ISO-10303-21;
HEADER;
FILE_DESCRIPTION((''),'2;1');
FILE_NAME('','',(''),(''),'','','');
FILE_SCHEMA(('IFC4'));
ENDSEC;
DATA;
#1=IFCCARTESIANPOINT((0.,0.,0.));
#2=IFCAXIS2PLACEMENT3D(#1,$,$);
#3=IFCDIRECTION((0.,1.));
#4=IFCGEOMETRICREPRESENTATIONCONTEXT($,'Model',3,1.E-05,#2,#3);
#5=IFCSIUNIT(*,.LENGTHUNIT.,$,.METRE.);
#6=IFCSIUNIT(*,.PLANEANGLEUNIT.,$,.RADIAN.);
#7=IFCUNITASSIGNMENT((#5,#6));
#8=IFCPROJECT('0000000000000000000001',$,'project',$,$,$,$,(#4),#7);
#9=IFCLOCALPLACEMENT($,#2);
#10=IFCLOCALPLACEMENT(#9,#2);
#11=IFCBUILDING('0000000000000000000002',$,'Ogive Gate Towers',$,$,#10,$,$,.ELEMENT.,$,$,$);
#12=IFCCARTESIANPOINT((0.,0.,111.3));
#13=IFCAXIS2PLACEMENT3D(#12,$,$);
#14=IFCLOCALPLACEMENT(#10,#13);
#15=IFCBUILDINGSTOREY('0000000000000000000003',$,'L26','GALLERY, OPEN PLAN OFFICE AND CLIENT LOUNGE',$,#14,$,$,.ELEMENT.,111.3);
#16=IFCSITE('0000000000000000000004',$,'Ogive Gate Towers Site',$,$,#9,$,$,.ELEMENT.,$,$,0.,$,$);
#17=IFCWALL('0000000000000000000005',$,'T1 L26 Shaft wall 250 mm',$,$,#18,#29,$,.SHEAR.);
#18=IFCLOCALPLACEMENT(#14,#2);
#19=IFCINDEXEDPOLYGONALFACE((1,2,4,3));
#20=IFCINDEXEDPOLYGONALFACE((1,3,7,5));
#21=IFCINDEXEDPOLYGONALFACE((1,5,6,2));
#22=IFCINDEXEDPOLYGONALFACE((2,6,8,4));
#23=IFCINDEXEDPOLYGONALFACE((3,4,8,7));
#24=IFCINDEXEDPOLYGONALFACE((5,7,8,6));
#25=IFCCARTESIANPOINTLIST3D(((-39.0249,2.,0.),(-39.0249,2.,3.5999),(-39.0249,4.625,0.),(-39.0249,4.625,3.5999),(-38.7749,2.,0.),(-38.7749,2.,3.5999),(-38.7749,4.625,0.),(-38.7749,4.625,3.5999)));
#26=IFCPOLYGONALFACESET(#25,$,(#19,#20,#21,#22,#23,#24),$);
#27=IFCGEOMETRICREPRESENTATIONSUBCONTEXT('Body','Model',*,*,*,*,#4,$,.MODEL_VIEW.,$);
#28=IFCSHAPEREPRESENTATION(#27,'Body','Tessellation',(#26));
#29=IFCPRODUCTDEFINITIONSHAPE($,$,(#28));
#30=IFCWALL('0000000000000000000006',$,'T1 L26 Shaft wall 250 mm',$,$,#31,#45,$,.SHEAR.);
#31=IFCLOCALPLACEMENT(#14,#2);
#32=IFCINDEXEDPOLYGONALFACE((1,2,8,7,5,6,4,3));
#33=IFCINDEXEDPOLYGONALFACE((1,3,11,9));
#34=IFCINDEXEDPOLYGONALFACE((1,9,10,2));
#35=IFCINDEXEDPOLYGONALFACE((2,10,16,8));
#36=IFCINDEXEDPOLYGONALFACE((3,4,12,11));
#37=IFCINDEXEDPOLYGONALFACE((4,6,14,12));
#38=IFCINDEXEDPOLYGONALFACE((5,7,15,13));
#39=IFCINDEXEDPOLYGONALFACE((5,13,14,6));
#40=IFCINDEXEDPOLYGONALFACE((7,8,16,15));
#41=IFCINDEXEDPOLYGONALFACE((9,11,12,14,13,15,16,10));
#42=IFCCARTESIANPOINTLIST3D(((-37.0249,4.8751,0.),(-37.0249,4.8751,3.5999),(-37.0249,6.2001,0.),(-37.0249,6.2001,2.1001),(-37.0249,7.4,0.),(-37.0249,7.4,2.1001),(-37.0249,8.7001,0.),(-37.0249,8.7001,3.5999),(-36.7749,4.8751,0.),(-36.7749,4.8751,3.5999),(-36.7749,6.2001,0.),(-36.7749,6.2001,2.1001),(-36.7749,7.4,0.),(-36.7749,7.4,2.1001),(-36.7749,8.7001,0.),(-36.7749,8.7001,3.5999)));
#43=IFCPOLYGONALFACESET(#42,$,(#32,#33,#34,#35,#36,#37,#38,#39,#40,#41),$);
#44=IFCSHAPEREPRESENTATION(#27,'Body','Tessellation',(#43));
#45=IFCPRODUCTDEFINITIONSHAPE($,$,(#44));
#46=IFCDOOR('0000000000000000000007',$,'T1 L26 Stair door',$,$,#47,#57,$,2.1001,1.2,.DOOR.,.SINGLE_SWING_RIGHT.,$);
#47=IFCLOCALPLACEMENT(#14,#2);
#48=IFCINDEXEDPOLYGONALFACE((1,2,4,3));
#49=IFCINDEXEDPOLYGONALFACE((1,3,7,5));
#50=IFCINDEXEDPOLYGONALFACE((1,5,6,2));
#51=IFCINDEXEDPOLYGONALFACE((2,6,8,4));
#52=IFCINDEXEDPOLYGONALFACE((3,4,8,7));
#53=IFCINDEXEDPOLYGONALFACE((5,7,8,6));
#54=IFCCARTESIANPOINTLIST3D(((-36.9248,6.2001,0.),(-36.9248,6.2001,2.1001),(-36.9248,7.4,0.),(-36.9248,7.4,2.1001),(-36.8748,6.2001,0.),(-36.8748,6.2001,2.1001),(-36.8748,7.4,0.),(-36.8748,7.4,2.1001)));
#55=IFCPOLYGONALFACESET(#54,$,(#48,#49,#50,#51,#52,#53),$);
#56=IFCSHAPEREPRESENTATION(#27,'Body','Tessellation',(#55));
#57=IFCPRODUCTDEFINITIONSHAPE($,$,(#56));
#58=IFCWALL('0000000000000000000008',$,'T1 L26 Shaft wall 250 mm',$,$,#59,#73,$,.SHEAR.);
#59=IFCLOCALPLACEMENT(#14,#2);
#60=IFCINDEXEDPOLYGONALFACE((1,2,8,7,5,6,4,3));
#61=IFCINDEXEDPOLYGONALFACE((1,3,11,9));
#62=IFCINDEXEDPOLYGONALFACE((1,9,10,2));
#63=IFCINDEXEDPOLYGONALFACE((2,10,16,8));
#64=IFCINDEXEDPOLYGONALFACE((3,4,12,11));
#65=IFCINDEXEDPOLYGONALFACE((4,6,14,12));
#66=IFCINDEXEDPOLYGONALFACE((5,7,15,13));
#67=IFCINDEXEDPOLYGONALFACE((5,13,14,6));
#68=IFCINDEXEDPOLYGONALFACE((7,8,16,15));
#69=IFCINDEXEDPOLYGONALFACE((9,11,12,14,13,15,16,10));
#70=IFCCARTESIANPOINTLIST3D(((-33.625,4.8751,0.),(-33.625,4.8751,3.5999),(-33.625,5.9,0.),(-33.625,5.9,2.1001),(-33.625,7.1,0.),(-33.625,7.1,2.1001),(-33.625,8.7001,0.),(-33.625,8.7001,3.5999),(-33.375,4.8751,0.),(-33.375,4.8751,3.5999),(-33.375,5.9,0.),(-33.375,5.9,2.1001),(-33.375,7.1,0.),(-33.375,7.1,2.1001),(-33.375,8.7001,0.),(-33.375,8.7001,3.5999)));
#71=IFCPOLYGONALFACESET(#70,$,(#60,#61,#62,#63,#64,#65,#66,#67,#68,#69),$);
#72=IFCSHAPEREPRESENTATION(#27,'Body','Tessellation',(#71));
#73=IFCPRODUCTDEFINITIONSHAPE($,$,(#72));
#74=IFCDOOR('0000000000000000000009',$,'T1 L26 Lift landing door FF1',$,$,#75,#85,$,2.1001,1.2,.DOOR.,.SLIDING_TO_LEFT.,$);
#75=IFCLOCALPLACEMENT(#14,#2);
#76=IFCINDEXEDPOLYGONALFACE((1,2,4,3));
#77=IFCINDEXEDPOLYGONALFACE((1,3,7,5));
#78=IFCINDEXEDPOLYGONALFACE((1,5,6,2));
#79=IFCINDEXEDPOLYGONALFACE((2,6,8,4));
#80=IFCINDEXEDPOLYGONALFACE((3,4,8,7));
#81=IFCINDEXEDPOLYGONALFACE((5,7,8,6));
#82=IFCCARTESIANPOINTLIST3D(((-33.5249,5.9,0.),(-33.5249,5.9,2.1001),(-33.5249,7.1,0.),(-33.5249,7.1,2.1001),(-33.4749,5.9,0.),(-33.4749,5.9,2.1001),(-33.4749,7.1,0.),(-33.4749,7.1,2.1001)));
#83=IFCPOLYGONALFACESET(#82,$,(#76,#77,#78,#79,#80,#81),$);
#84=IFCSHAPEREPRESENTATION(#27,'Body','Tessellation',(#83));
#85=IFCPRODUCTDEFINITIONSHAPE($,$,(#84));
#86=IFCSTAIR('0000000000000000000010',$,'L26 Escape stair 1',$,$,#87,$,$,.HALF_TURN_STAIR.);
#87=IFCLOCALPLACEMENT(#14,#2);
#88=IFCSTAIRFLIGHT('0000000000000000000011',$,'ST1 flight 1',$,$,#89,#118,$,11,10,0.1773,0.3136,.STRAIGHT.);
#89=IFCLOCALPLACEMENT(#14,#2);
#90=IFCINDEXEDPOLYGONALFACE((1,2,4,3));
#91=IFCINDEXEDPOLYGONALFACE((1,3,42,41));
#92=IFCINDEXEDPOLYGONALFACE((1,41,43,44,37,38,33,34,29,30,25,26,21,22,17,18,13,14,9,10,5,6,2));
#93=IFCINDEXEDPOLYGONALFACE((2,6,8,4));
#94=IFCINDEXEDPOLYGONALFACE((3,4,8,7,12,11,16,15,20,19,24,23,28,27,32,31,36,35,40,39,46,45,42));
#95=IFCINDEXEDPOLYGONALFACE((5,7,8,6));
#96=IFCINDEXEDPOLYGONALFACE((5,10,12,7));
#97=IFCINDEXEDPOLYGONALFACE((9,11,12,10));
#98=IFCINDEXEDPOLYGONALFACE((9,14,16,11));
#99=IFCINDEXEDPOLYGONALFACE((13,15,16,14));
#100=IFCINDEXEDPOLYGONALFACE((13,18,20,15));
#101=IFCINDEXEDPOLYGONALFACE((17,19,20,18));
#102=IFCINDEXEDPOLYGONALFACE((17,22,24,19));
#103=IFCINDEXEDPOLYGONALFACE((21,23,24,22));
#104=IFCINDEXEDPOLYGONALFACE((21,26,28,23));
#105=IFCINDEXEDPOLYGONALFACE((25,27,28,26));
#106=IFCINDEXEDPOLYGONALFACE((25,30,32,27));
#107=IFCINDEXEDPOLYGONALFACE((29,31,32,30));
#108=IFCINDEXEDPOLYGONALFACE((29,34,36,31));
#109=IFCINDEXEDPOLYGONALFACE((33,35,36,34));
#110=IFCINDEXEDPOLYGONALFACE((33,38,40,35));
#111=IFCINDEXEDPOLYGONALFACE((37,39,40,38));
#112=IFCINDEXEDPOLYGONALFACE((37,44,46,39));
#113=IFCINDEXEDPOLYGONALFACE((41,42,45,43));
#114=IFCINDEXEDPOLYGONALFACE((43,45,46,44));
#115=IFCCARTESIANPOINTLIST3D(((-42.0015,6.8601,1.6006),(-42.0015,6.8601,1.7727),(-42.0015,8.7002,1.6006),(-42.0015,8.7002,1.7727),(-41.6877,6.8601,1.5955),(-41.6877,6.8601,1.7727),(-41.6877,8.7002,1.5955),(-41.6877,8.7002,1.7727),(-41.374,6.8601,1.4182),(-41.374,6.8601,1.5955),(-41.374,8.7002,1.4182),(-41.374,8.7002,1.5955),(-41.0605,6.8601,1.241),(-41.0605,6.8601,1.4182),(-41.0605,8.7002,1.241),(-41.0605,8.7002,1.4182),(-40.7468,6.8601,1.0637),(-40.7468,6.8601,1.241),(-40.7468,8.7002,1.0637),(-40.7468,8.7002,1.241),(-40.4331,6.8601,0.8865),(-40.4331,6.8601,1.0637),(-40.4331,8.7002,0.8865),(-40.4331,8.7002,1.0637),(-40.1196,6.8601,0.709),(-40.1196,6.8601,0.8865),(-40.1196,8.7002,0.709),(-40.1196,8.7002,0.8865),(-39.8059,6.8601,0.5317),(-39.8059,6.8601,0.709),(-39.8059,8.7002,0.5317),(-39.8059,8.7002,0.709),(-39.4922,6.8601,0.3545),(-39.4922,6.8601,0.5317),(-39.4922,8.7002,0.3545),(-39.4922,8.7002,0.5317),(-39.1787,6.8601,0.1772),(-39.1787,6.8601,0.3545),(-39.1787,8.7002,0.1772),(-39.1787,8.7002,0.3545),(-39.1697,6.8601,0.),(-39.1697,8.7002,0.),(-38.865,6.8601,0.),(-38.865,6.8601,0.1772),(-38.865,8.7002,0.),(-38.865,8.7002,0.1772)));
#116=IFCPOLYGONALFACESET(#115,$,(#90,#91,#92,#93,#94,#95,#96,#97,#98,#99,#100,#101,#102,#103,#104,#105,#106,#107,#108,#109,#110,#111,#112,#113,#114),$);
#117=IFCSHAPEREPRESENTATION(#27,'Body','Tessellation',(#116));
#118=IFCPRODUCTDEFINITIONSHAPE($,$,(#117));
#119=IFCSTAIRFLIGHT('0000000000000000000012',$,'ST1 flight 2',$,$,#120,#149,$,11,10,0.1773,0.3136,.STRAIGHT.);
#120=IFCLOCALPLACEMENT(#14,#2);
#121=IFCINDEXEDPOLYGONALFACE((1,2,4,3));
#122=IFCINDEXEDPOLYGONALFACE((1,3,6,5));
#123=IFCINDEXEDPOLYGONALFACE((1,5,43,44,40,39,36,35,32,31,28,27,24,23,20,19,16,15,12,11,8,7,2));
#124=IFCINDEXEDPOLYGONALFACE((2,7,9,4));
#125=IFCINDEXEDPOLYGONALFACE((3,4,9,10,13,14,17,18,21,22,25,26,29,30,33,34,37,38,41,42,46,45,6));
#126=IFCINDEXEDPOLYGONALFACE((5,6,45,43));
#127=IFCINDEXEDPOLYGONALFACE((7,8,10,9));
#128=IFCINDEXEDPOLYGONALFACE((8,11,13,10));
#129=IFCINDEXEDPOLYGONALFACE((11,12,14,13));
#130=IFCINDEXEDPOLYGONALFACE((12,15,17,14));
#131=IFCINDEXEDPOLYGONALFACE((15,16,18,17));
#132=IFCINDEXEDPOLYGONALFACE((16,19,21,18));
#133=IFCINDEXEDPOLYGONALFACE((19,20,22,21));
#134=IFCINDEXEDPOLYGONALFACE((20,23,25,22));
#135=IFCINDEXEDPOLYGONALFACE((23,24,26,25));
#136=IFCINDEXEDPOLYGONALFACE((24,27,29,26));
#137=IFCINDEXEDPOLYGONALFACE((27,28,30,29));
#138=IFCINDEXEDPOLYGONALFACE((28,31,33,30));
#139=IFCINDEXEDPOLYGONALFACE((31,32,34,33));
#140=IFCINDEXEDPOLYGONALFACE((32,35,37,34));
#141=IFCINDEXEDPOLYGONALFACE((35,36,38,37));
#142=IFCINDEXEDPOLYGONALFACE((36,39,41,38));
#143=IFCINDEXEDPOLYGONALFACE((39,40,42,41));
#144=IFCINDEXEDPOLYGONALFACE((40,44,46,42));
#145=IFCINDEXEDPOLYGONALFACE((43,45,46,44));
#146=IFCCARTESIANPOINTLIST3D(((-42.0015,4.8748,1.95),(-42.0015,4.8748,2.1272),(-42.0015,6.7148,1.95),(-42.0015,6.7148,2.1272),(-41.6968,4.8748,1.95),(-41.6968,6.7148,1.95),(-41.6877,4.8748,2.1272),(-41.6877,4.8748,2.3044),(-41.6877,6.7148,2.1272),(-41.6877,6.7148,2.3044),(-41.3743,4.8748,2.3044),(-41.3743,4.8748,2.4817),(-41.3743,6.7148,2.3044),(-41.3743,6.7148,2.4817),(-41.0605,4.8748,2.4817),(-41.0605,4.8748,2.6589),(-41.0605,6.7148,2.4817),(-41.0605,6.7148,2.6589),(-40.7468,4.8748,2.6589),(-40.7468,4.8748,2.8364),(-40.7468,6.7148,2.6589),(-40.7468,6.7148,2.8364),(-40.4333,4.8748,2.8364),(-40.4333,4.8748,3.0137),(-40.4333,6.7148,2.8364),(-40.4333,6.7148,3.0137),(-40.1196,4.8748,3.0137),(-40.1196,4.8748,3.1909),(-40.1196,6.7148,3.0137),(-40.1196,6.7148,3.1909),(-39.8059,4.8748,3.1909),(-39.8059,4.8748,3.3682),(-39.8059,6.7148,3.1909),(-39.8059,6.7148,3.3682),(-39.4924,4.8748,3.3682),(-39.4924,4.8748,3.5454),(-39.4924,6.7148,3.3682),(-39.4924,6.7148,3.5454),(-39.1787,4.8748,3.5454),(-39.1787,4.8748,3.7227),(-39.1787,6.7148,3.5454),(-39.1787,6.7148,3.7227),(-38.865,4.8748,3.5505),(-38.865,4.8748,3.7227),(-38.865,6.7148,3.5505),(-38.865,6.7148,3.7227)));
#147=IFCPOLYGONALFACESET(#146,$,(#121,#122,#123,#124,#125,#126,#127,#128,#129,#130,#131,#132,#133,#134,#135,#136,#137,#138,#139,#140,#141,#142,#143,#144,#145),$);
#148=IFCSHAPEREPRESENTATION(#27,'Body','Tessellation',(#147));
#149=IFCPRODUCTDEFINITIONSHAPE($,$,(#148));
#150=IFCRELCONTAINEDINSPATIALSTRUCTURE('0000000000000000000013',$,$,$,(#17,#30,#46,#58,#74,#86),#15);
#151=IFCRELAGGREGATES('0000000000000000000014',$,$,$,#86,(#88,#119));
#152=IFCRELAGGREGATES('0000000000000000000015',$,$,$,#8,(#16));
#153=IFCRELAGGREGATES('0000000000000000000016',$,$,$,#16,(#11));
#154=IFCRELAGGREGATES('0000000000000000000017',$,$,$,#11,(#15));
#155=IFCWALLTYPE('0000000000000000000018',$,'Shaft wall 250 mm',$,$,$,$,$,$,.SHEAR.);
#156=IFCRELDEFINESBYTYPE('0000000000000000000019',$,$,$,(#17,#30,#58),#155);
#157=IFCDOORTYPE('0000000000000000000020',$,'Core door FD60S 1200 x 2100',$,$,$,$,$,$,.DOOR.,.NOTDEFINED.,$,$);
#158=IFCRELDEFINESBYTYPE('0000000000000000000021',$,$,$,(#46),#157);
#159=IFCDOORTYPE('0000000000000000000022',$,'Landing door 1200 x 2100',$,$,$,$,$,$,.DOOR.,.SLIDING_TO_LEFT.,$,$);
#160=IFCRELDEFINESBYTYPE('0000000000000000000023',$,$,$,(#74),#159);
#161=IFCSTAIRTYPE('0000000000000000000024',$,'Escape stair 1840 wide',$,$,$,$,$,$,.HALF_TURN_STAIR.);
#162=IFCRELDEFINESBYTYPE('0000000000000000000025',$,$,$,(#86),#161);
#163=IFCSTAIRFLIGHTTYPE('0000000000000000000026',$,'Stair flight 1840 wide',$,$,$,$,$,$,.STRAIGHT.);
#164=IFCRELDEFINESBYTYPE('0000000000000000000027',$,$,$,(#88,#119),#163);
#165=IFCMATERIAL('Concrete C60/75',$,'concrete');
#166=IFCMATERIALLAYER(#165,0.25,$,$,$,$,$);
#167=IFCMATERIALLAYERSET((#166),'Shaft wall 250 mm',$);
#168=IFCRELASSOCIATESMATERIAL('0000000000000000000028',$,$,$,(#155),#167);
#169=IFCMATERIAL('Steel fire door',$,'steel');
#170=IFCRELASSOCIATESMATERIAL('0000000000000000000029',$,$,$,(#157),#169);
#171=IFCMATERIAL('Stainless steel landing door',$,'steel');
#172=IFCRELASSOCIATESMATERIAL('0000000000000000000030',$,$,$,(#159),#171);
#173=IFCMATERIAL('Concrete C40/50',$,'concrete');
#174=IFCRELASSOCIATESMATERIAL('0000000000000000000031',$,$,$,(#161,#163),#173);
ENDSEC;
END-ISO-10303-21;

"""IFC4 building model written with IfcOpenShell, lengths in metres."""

from ifc_helpers import new_model, si_unit, direction, frame, frame_2d, origin, place, context, subcontext, project, spatial, polyline, rectangle, outline, extrude, material, layer, layer_set, type_object, element, fill, aggregate, save


model = new_model("IFC4")

# Units and contexts
model_context = context("Model", 3, precision=1e-05, world=origin(), true_north=direction((0.0, 1.0)))
body_context = subcontext(model_context, "Body", "Model", "MODEL_VIEW")
ifc_project = project(units=[si_unit("LENGTHUNIT", "METRE"), si_unit("PLANEANGLEUNIT", "RADIAN")], contexts=[model_context])

# Site, building, storey
site_placement = place(None, origin())
site = spatial("IfcSite", under=ifc_project, at=site_placement, Name="Ogive Gate Towers Site", CompositionType="ELEMENT", RefElevation=0.0)
building_placement = place(site_placement, origin())
building = spatial("IfcBuilding", under=site, at=building_placement, Name="Ogive Gate Towers", CompositionType="ELEMENT")
storey_placement = place(building_placement, frame((0.0, 0.0, 111.3)))
storey = spatial("IfcBuildingStorey", under=building, at=storey_placement, Name="L26", Description="GALLERY, OPEN PLAN OFFICE AND CLIENT LOUNGE", CompositionType="ELEMENT", Elevation=111.3)

# Wall
ifc_material_1 = material(Name="Concrete C60/75", Category="concrete")
ifc_layer_1 = layer(ifc_material_1, 0.25)
ifc_layer_set_1 = layer_set([ifc_layer_1], Name="Shaft wall 250 mm")
wall_type_1 = type_object("IfcWallType", Name="Shaft wall 250 mm", PredefinedType="SHEAR", material=ifc_layer_set_1)
wall_1_placement = place(storey_placement, frame((-38.8999, 2.0, 0.0), z_axis=(0.0, 0.0, 1.0), x_axis=(0.0, 1.0, 0.0)))
element("IfcWall", 1, at=wall_1_placement, inside=storey, type_object=wall_type_1, Name="T1 L26 Shaft wall 250 mm", PredefinedType="SHEAR", context=body_context, shape_type="SweptSolid", body=[
    extrude(rectangle(XDim=2.625, YDim=0.25, at=frame_2d((1.3125, 0.0))), origin(), (0.0, 0.0, 1.0), 3.5999),
])

# Walls, openings, doors
wall_2_placement = place(storey_placement, frame((-36.8999, 4.875, 0.0), z_axis=(0.0, 0.0, 1.0), x_axis=(0.0, 1.0, 0.0)))
wall_2 = element("IfcWall", 2, at=wall_2_placement, inside=storey, type_object=wall_type_1, Name="T1 L26 Shaft wall 250 mm", PredefinedType="SHEAR", context=body_context, shape_type="SweptSolid", body=[
    extrude(rectangle(XDim=3.825, YDim=0.25, at=frame_2d((1.9126, 0.0))), origin(), (0.0, 0.0, 1.0), 3.5999),
])
opening_1_placement = place(wall_2_placement, frame((1.325, 0.0, 0.0)))
opening_1 = element("IfcOpeningElement", 3, at=opening_1_placement, cuts=wall_2, PredefinedType="OPENING", context=body_context, shape_type="SweptSolid", body=[
    extrude(rectangle(XDim=1.2, YDim=2.1001, at=frame_2d((0.6001, 1.05))), frame((0.0, 0.135, 0.0), z_axis=(0.0, -1.0, 0.0), x_axis=(1.0, 0.0, 0.0)), (0.0, 0.0, 1.0), 0.27),
])
ifc_material_2 = material(Name="Steel fire door", Category="steel")
door_type_1 = type_object("IfcDoorType", Name="Core door FD60S 1200 x 2100", OperationType="NOTDEFINED", PredefinedType="DOOR", material=ifc_material_2)
door_1_placement = place(opening_1_placement, origin())
door_1 = element("IfcDoor", 4, at=door_1_placement, inside=storey, type_object=door_type_1, Name="T1 L26 Stair door", OperationType="SINGLE_SWING_RIGHT", OverallHeight=2.1001, OverallWidth=1.2, PredefinedType="DOOR", context=body_context, shape_type="SweptSolid", body=[
    extrude(rectangle(XDim=1.2, YDim=2.1001, at=frame_2d((0.6001, 1.05))), frame((0.0, 0.0249, 0.0), z_axis=(0.0, -1.0, 0.0), x_axis=(1.0, 0.0, 0.0)), (0.0, 0.0, 1.0), 0.05),
])
fill(opening_1, door_1)
wall_3_placement = place(storey_placement, frame((-33.5, 4.875, 0.0), z_axis=(0.0, 0.0, 1.0), x_axis=(0.0, 1.0, 0.0)))
wall_3 = element("IfcWall", 5, at=wall_3_placement, inside=storey, type_object=wall_type_1, Name="T1 L26 Shaft wall 250 mm", PredefinedType="SHEAR", context=body_context, shape_type="SweptSolid", body=[
    extrude(rectangle(XDim=3.825, YDim=0.25, at=frame_2d((1.9126, 0.0))), origin(), (0.0, 0.0, 1.0), 3.5999),
])
opening_2_placement = place(wall_3_placement, frame((1.0249, 0.0, 0.0)))
opening_2 = element("IfcOpeningElement", 6, at=opening_2_placement, cuts=wall_3, PredefinedType="OPENING", context=body_context, shape_type="SweptSolid", body=[
    extrude(rectangle(XDim=1.2, YDim=2.1001, at=frame_2d((0.6001, 1.05))), frame((0.0, 0.135, 0.0), z_axis=(0.0, -1.0, 0.0), x_axis=(1.0, 0.0, 0.0)), (0.0, 0.0, 1.0), 0.27),
])
ifc_material_3 = material(Name="Stainless steel landing door", Category="steel")
door_type_2 = type_object("IfcDoorType", Name="Landing door 1200 x 2100", OperationType="SLIDING_TO_LEFT", PredefinedType="DOOR", material=ifc_material_3)
door_2_placement = place(opening_2_placement, origin())
door_2 = element("IfcDoor", 7, at=door_2_placement, inside=storey, type_object=door_type_2, Name="T1 L26 Lift landing door FF1", OperationType="SLIDING_TO_LEFT", OverallHeight=2.1001, OverallWidth=1.2, PredefinedType="DOOR", context=body_context, shape_type="SweptSolid", body=[
    extrude(rectangle(XDim=1.2, YDim=2.1001, at=frame_2d((0.6001, 1.05))), frame((0.0, 0.0249, 0.0), z_axis=(0.0, -1.0, 0.0), x_axis=(1.0, 0.0, 0.0)), (0.0, 0.0, 1.0), 0.05),
])
fill(opening_2, door_2)

# Stair, stair flights
ifc_material_4 = material(Name="Concrete C40/50", Category="concrete")
stair_type = type_object("IfcStairType", Name="Escape stair 1840 wide", PredefinedType="HALF_TURN_STAIR", material=ifc_material_4)
stair_placement = place(storey_placement, origin())
stair = element("IfcStair", 8, at=stair_placement, inside=storey, type_object=stair_type, Name="L26 Escape stair 1", PredefinedType="HALF_TURN_STAIR")
stair_flight_type = type_object("IfcStairFlightType", Name="Stair flight 1840 wide", PredefinedType="STRAIGHT", material=ifc_material_4)
stair_flight_1_placement = place(storey_placement, frame((-38.865, 7.78, 0.0), z_axis=(0.0, 0.0, 1.0), x_axis=(-1.0, 0.0, 0.0)))
stair_flight_1 = element("IfcStairFlight", 9, at=stair_flight_1_placement, type_object=stair_flight_type, Name="ST1 flight 1", NumberOfRisers=11, NumberOfTreads=10, PredefinedType="STRAIGHT", RiserHeight=0.1773, TreadLength=0.3136, context=body_context, shape_type="SweptSolid", body=[
    extrude(outline(polyline([(0.0, 0.0), (0.0, 0.1772), (0.3137, 0.1772), (0.3137, 0.3545), (0.6272, 0.3545), (0.6272, 0.5317), (0.9409, 0.5317), (0.9409, 0.709), (1.2546, 0.709), (1.2546, 0.8865), (1.5681, 0.8865), (1.5681, 1.0637), (1.8818, 1.0637), (1.8818, 1.241), (2.1956, 1.241), (2.1956, 1.4182), (2.509, 1.4182), (2.509, 1.5955), (2.8228, 1.5955), (2.8228, 1.7727), (3.1365, 1.7727), (3.1365, 1.95), (3.1365, 1.6006), (0.3047, 0.0), (0.0, 0.0)])), frame((0.0, 0.9199, 0.0), z_axis=(0.0, -1.0, 0.0), x_axis=(1.0, 0.0, 0.0)), (0.0, 0.0, 1.0), 1.8401),
])
stair_flight_2_placement = place(storey_placement, frame((-42.0015, 5.7949, 1.95), z_axis=(0.0, 0.0, 1.0), x_axis=(1.0, 0.0, 0.0)))
stair_flight_2 = element("IfcStairFlight", 10, at=stair_flight_2_placement, type_object=stair_flight_type, Name="ST1 flight 2", NumberOfRisers=11, NumberOfTreads=10, PredefinedType="STRAIGHT", RiserHeight=0.1773, TreadLength=0.3136, context=body_context, shape_type="SweptSolid", body=[
    extrude(outline(polyline([(0.0, 0.0), (0.0, 0.1772), (0.3137, 0.1772), (0.3137, 0.3545), (0.6272, 0.3545), (0.6272, 0.5317), (0.9409, 0.5317), (0.9409, 0.709), (1.2546, 0.709), (1.2546, 0.8865), (1.5681, 0.8865), (1.5681, 1.0637), (1.8818, 1.0637), (1.8818, 1.241), (2.1956, 1.241), (2.1956, 1.4182), (2.509, 1.4182), (2.509, 1.5955), (2.8228, 1.5955), (2.8228, 1.7727), (3.1365, 1.7727), (3.1365, 1.95), (3.1365, 1.6006), (0.3047, 0.0), (0.0, 0.0)])), frame((0.0, 0.9199, 0.0), z_axis=(0.0, -1.0, 0.0), x_axis=(1.0, 0.0, 0.0)), (0.0, 0.0, 1.0), 1.8401),
])
aggregate(stair, [stair_flight_1, stair_flight_2])

save(model, "model.ifc")
